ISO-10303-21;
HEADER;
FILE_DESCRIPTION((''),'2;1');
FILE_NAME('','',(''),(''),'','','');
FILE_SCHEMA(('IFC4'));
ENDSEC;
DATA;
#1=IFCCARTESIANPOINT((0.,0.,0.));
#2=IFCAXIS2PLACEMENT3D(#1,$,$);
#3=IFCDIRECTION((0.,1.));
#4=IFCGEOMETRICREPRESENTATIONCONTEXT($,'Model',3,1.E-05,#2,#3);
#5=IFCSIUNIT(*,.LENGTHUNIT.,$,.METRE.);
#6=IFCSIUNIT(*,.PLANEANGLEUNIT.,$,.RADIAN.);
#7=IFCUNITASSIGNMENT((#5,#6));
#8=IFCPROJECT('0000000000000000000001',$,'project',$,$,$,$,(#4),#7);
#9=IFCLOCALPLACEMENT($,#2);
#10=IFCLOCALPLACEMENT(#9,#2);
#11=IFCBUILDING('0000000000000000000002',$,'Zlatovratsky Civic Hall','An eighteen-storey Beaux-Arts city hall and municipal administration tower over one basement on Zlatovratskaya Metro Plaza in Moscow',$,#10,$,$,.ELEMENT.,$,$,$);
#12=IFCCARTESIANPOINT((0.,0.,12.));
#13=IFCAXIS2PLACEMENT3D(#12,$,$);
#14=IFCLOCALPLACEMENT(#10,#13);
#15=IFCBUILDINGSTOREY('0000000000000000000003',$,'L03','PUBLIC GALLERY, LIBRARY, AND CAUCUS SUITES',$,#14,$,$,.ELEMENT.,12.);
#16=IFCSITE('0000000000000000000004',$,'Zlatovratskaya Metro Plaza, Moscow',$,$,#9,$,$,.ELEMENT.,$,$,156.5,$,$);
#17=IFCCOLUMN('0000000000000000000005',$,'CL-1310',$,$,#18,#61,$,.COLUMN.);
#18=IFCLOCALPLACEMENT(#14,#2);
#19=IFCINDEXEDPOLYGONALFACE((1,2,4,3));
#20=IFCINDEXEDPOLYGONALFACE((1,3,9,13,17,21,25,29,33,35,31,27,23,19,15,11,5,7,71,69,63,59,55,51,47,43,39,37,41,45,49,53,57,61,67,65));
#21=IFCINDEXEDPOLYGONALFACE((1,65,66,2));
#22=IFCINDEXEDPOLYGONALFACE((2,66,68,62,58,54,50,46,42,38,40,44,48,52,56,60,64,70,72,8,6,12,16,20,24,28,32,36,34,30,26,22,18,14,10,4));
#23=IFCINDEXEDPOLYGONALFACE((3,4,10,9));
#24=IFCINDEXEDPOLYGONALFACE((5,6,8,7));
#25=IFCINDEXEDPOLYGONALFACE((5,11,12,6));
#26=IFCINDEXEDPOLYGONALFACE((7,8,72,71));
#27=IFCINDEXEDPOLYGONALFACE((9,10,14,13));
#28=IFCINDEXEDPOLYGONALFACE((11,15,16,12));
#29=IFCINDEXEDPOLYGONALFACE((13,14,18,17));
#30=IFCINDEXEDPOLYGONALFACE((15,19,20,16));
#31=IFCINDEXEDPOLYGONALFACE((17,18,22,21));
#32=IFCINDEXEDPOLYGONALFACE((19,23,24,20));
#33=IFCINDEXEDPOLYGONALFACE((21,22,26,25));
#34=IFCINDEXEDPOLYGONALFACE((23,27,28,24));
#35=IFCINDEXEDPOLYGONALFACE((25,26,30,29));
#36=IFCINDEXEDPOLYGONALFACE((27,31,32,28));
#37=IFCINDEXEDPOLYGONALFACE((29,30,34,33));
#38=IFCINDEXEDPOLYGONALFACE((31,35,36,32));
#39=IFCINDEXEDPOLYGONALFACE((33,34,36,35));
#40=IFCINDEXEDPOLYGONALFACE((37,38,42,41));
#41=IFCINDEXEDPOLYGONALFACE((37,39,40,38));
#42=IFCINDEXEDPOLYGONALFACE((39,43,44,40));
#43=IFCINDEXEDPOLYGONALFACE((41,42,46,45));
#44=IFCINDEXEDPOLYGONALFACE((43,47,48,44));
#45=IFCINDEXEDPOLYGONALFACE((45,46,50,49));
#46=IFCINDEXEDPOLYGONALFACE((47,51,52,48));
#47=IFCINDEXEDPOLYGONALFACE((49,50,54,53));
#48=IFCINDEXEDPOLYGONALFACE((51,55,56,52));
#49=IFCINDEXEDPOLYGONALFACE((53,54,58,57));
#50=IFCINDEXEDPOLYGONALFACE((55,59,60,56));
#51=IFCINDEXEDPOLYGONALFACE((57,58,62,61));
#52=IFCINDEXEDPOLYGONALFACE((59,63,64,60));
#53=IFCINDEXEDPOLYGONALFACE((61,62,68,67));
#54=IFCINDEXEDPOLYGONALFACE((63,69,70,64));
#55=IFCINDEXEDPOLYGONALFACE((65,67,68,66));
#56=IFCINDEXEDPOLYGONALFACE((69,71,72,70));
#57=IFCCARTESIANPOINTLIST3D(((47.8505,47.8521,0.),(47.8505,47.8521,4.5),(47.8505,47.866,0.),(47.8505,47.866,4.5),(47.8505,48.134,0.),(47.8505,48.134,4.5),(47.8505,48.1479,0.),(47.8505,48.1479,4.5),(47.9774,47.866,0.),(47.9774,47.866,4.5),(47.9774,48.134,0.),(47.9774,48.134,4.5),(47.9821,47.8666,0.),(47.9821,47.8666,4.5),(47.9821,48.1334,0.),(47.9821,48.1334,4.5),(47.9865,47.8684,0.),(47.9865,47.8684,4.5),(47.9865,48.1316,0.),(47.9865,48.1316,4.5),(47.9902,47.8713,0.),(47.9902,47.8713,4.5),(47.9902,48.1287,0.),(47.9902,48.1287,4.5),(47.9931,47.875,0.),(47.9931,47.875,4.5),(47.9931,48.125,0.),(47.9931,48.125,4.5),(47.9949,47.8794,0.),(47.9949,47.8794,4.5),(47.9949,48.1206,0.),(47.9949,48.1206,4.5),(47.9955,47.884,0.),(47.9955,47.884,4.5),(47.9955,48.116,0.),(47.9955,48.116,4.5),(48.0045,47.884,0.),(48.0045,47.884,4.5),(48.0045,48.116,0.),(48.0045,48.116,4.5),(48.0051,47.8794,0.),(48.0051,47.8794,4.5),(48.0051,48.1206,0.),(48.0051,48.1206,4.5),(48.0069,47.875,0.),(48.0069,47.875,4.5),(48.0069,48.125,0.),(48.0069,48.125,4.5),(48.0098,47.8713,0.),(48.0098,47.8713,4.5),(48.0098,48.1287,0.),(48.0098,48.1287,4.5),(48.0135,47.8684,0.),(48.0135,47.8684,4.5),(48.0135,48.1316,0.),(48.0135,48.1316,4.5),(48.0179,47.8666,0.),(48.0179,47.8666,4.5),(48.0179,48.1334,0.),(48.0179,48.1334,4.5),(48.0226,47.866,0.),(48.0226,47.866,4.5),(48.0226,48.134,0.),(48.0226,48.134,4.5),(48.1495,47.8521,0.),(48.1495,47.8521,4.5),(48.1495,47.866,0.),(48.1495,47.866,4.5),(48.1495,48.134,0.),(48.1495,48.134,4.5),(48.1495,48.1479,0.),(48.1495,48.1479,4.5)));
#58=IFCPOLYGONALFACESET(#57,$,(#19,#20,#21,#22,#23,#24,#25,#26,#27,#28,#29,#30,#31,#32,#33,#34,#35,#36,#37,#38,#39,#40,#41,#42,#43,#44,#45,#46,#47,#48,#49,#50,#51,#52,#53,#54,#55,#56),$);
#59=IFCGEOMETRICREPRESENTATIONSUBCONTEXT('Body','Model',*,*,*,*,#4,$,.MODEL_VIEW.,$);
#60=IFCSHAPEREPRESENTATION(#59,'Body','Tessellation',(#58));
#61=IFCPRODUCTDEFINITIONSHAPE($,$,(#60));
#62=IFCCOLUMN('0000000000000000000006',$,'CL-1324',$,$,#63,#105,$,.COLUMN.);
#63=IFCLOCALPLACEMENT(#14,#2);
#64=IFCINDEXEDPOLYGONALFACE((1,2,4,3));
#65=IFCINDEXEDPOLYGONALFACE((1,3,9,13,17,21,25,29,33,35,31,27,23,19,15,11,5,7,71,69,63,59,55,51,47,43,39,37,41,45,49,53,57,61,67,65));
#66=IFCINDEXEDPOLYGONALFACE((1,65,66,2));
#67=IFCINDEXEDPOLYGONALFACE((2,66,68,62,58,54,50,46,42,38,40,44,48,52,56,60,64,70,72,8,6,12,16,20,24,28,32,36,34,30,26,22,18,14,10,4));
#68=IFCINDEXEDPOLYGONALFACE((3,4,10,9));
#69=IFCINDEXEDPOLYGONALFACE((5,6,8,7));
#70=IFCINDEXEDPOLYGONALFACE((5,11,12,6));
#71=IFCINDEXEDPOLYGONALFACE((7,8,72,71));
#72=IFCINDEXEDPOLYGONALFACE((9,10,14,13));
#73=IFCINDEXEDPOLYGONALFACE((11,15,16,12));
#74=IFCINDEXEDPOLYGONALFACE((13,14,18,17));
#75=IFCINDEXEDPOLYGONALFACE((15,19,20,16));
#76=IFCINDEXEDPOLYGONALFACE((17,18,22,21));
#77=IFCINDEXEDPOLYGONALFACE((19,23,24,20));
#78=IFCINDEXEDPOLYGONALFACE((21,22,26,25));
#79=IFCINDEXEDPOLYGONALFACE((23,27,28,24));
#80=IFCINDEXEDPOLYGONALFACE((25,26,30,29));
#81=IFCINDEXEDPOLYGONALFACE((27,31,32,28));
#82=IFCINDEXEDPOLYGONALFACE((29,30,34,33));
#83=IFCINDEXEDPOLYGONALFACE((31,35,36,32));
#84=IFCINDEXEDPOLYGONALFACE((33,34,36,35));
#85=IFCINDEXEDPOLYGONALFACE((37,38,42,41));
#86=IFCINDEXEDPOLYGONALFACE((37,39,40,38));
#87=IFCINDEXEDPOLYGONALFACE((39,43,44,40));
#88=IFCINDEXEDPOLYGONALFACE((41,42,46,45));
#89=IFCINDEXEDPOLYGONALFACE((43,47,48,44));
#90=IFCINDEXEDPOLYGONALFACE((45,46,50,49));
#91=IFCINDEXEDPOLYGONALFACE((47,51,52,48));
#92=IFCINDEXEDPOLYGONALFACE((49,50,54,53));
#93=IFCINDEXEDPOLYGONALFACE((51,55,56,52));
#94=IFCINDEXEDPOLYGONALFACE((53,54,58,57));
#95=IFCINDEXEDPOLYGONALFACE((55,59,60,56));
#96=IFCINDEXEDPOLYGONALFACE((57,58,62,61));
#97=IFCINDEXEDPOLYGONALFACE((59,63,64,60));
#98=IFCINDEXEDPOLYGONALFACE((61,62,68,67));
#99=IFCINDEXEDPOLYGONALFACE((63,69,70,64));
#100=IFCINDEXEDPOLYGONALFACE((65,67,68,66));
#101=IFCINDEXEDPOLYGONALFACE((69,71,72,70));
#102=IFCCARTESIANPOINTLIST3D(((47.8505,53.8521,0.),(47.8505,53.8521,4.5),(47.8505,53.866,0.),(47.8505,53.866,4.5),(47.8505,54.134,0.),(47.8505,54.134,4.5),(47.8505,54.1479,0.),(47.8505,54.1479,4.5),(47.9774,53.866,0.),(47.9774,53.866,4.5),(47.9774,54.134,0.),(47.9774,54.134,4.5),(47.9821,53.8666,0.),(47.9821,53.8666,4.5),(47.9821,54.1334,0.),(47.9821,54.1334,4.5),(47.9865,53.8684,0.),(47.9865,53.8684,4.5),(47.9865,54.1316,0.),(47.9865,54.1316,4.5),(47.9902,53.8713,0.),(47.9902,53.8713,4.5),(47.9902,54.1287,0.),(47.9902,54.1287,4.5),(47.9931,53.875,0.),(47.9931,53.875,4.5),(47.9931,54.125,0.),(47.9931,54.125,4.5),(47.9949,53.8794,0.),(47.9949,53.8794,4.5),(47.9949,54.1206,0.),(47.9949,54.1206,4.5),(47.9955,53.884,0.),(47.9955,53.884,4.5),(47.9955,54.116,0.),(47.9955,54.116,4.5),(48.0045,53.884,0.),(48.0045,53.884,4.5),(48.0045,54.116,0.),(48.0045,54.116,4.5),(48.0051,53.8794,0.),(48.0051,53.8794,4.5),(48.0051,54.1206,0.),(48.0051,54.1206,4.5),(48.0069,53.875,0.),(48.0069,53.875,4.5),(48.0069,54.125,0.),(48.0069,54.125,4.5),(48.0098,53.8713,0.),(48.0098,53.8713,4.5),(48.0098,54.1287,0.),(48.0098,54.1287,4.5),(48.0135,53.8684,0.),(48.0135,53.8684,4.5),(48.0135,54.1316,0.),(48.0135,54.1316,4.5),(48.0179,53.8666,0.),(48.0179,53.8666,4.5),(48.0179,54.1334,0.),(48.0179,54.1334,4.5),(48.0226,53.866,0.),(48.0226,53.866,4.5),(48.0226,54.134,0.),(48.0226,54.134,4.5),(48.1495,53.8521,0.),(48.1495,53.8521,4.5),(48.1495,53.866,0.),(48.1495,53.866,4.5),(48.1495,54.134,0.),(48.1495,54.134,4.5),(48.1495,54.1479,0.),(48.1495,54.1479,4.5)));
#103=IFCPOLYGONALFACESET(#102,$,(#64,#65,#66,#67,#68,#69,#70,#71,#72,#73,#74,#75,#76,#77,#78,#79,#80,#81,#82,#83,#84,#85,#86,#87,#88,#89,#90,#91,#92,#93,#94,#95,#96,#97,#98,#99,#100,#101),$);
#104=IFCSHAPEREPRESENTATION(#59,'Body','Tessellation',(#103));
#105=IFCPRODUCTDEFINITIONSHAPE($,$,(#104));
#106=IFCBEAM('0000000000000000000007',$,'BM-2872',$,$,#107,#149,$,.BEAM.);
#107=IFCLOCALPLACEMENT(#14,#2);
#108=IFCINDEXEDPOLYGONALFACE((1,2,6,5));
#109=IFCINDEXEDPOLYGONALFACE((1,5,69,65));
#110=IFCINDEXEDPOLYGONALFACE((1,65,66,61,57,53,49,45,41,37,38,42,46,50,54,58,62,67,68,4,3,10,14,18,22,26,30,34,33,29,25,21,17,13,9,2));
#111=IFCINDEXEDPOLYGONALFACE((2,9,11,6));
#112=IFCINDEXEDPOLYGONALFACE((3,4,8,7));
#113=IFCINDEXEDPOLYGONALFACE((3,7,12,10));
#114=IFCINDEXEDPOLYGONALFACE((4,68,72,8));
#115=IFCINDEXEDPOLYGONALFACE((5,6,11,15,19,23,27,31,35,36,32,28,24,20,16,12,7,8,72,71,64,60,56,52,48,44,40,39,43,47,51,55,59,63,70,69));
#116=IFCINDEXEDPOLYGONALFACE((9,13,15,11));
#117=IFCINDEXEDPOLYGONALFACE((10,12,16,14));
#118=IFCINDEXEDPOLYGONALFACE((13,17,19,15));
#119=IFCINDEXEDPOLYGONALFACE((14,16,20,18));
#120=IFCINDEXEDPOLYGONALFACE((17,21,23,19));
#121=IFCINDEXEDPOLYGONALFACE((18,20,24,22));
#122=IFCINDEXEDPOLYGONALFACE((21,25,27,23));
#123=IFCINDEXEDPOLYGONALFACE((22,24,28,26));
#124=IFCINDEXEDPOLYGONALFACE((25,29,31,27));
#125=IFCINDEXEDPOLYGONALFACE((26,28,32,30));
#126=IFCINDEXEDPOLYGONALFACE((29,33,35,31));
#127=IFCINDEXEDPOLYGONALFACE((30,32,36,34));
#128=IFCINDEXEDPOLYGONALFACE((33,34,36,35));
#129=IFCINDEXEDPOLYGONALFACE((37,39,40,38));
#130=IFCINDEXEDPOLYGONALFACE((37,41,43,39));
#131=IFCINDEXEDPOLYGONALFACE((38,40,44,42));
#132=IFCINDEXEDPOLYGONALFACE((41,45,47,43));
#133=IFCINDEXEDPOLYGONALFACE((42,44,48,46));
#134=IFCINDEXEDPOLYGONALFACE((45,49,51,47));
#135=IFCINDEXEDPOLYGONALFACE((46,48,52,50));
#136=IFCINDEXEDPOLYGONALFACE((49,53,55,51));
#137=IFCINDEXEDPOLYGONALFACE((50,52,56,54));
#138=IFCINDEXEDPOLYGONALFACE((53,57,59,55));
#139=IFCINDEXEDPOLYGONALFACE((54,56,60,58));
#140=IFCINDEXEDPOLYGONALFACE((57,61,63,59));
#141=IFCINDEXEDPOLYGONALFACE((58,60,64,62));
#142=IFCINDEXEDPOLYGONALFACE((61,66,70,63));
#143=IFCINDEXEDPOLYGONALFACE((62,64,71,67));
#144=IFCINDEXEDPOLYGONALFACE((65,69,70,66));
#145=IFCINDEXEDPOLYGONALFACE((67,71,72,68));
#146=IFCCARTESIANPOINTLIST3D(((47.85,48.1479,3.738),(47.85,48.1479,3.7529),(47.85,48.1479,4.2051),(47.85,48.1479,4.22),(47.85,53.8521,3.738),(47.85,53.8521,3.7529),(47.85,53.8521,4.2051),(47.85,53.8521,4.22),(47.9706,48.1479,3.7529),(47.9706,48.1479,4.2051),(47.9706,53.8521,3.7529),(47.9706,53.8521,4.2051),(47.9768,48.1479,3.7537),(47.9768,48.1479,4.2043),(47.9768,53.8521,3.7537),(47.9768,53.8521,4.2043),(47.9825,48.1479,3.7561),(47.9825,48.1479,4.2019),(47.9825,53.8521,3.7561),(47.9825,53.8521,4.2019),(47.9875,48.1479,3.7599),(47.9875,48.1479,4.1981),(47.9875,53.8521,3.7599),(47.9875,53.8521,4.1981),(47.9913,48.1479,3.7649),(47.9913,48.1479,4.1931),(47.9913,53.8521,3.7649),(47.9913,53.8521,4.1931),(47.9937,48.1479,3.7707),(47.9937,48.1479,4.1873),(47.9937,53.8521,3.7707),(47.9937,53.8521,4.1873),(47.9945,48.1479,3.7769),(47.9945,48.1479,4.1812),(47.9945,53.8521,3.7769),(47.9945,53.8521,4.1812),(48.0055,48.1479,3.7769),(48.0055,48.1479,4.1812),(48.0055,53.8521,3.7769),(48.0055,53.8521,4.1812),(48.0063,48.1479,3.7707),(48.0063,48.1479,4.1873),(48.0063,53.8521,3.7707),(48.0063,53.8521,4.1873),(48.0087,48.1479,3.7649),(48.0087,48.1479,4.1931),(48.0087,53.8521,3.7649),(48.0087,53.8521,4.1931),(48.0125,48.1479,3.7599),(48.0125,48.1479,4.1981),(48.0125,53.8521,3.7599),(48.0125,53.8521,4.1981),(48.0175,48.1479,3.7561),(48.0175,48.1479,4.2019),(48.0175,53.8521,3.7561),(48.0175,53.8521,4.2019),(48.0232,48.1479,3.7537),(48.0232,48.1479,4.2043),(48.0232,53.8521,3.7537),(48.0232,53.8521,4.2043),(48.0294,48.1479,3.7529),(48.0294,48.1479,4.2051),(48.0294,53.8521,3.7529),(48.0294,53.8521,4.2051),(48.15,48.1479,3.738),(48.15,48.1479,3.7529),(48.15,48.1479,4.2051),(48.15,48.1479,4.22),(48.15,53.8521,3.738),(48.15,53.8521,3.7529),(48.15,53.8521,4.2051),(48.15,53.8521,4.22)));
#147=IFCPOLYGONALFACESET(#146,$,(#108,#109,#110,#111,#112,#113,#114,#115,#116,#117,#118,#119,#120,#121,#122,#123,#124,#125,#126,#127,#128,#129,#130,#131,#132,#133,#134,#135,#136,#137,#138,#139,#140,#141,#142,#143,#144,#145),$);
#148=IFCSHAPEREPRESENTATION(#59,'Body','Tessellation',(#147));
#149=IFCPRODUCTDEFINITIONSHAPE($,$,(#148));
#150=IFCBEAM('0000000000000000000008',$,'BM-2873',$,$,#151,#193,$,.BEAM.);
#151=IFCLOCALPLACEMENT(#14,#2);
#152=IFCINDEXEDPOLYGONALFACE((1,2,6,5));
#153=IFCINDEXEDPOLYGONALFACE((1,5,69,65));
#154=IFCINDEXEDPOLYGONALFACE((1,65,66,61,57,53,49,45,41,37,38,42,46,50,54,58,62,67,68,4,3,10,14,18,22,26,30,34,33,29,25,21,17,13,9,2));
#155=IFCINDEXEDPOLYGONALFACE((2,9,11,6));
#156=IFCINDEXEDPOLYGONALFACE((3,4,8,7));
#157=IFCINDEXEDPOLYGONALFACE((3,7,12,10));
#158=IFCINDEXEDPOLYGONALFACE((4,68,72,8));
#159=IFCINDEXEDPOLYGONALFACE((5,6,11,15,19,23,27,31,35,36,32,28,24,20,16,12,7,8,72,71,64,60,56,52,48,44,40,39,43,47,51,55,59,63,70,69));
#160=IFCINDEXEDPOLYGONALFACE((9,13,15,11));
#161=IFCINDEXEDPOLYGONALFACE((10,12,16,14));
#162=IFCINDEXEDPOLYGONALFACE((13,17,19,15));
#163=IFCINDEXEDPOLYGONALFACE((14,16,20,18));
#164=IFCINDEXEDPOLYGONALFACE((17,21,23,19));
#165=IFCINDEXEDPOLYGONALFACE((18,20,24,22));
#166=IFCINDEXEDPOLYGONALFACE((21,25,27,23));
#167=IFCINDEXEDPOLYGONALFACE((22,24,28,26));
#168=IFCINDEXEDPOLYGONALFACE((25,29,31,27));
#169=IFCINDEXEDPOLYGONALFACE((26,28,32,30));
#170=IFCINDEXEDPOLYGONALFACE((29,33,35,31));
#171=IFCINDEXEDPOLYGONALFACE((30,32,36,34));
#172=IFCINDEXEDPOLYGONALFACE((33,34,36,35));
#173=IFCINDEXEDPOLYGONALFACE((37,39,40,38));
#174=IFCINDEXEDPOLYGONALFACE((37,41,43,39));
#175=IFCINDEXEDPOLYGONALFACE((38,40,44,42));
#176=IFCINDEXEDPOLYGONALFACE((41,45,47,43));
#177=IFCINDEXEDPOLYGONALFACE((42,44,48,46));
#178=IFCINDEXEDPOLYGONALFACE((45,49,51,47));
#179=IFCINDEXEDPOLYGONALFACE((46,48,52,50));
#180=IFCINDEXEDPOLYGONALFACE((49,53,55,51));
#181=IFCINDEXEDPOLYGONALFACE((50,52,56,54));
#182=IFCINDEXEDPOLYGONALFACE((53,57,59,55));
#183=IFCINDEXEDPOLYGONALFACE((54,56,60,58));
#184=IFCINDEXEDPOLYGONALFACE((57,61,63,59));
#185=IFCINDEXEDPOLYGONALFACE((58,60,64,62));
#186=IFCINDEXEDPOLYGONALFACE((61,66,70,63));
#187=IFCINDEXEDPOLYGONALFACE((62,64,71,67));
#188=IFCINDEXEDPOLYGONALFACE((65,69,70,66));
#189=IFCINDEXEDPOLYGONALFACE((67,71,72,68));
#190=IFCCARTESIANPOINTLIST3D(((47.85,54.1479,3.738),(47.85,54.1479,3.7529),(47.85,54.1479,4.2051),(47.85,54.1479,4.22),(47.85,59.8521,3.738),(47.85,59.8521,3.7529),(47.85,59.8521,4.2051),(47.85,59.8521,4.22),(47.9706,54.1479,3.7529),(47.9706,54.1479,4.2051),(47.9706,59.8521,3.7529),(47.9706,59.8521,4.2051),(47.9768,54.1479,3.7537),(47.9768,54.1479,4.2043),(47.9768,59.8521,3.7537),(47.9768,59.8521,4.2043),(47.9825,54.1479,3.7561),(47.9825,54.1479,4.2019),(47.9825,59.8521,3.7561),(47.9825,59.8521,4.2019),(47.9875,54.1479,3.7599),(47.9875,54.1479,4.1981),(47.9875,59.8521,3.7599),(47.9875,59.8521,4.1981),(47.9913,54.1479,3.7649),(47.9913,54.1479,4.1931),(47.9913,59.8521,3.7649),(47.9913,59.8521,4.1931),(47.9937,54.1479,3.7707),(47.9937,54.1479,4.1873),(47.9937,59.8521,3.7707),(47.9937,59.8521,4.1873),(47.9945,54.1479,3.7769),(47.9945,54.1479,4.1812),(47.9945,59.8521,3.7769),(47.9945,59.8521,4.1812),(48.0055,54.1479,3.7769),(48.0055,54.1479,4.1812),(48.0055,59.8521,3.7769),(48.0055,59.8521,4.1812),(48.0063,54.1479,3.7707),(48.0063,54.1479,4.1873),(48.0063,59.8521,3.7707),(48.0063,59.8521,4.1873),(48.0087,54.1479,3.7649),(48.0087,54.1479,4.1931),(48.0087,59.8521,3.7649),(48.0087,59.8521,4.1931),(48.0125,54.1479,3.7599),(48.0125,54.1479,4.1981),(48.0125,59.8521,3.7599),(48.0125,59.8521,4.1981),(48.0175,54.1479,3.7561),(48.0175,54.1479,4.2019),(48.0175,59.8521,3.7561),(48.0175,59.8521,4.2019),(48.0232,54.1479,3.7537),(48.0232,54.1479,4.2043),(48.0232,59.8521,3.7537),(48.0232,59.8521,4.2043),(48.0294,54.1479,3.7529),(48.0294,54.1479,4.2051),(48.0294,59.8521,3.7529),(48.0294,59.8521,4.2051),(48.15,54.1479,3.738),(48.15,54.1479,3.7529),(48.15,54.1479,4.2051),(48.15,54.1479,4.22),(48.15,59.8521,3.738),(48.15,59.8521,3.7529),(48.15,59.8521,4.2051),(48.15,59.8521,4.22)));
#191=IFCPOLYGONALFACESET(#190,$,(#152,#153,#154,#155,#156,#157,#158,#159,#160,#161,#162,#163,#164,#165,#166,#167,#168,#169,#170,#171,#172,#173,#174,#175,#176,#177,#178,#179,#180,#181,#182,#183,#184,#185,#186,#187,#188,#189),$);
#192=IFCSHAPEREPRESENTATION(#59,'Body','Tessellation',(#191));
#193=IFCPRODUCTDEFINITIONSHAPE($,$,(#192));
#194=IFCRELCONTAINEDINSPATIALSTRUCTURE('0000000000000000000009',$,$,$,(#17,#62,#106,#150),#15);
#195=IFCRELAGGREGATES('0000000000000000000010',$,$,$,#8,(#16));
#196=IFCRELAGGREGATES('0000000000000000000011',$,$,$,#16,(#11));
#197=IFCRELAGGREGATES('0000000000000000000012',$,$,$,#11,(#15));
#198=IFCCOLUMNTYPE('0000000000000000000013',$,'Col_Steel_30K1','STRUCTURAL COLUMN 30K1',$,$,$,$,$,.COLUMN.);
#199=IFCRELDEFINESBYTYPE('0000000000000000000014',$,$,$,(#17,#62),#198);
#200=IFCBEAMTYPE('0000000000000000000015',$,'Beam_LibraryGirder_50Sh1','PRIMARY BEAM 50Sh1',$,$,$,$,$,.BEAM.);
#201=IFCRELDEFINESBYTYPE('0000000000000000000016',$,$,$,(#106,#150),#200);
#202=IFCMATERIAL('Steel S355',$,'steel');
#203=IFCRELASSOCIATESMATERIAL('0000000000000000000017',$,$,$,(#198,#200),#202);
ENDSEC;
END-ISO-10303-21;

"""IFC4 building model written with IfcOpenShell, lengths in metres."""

from ifc_helpers import new_model, si_unit, direction, frame, origin, origin_2d, place, context, subcontext, project, spatial, i_section, extrude, material, material_profile, profile_set, type_object, element, save


model = new_model("IFC4")

# Units and contexts
model_context = context("Model", 3, precision=1e-05, world=origin(), true_north=direction((0.0, 1.0)))
body_context = subcontext(model_context, "Body", "Model", "MODEL_VIEW")
ifc_project = project(units=[si_unit("LENGTHUNIT", "METRE"), si_unit("PLANEANGLEUNIT", "RADIAN")], contexts=[model_context])

# Site, building, storey
site_placement = place(None, origin())
site = spatial("IfcSite", under=ifc_project, at=site_placement, Name="Zlatovratskaya Metro Plaza, Moscow", CompositionType="ELEMENT", RefElevation=156.5)
building_placement = place(site_placement, origin())
building = spatial("IfcBuilding", under=site, at=building_placement, Name="Zlatovratsky Civic Hall", Description="An eighteen-storey Beaux-Arts city hall and municipal administration tower over one basement on Zlatovratskaya Metro Plaza in Moscow", CompositionType="ELEMENT")
storey_placement = place(building_placement, frame((0.0, 0.0, 12.0)))
storey = spatial("IfcBuildingStorey", under=building, at=storey_placement, Name="L03", Description="PUBLIC GALLERY, LIBRARY, AND CAUCUS SUITES", CompositionType="ELEMENT", Elevation=12.0)

# Columns
ifc_material_1 = material(Name="Steel S355", Category="steel")
ifc_material_profile_1 = material_profile(ifc_material_1, i_section(OverallWidth=0.2991, OverallDepth=0.2959, WebThickness=0.009, FlangeThickness=0.0139, FilletRadius=0.0181, at=origin_2d()), Name="30K1")
ifc_profile_set_1 = profile_set([ifc_material_profile_1], Name="Steel S355")
column_type = type_object("IfcColumnType", Name="Col_Steel_30K1", Description="STRUCTURAL COLUMN 30K1", PredefinedType="COLUMN", material=ifc_profile_set_1)
for number, where, z_axis, x_axis, name in (
    (1, (48.0, 48.0, 0.0), (0.0, 0.0, 1.0), (1.0, 0.0, 0.0), "CL-1310"),
    (2, (48.0, 54.0, 0.0), (0.0, 0.0, 1.0), (1.0, 0.0, 0.0), "CL-1324"),
):
    element("IfcColumn", number, at=place(storey_placement, frame(where, z_axis=z_axis, x_axis=x_axis)), inside=storey, type_object=column_type, Name=name, PredefinedType="COLUMN", context=body_context, shape_type="SweptSolid", body=[
        extrude(i_section(OverallWidth=0.2991, OverallDepth=0.2959, WebThickness=0.009, FlangeThickness=0.0139, FilletRadius=0.0181, at=origin_2d()), origin(), (0.0, 0.0, 1.0), 4.5),
    ])

# Beams
ifc_material_profile_2 = material_profile(ifc_material_1, i_section(OverallWidth=0.3, OverallDepth=0.4819, WebThickness=0.011, FlangeThickness=0.0149, FilletRadius=0.0239, at=origin_2d()), Name="50Sh1")
ifc_profile_set_2 = profile_set([ifc_material_profile_2], Name="Steel S355")
beam_type = type_object("IfcBeamType", Name="Beam_LibraryGirder_50Sh1", Description="PRIMARY BEAM 50Sh1", PredefinedType="BEAM", material=ifc_profile_set_2)
for number, where, z_axis, x_axis, name in (
    (3, (48.0, 48.1479, 3.979), (0.0, 1.0, 0.0), (-1.0, 0.0, 0.0), "BM-2872"),
    (4, (48.0, 54.1479, 3.979), (0.0, 1.0, 0.0), (-1.0, 0.0, 0.0), "BM-2873"),
):
    element("IfcBeam", number, at=place(storey_placement, frame(where, z_axis=z_axis, x_axis=x_axis)), inside=storey, type_object=beam_type, Name=name, PredefinedType="BEAM", context=body_context, shape_type="SweptSolid", body=[
        extrude(i_section(OverallWidth=0.3, OverallDepth=0.4819, WebThickness=0.011, FlangeThickness=0.0149, FilletRadius=0.0239, at=origin_2d()), origin(), (0.0, 0.0, 1.0), 5.7041),
    ])

save(model, "model.ifc")
